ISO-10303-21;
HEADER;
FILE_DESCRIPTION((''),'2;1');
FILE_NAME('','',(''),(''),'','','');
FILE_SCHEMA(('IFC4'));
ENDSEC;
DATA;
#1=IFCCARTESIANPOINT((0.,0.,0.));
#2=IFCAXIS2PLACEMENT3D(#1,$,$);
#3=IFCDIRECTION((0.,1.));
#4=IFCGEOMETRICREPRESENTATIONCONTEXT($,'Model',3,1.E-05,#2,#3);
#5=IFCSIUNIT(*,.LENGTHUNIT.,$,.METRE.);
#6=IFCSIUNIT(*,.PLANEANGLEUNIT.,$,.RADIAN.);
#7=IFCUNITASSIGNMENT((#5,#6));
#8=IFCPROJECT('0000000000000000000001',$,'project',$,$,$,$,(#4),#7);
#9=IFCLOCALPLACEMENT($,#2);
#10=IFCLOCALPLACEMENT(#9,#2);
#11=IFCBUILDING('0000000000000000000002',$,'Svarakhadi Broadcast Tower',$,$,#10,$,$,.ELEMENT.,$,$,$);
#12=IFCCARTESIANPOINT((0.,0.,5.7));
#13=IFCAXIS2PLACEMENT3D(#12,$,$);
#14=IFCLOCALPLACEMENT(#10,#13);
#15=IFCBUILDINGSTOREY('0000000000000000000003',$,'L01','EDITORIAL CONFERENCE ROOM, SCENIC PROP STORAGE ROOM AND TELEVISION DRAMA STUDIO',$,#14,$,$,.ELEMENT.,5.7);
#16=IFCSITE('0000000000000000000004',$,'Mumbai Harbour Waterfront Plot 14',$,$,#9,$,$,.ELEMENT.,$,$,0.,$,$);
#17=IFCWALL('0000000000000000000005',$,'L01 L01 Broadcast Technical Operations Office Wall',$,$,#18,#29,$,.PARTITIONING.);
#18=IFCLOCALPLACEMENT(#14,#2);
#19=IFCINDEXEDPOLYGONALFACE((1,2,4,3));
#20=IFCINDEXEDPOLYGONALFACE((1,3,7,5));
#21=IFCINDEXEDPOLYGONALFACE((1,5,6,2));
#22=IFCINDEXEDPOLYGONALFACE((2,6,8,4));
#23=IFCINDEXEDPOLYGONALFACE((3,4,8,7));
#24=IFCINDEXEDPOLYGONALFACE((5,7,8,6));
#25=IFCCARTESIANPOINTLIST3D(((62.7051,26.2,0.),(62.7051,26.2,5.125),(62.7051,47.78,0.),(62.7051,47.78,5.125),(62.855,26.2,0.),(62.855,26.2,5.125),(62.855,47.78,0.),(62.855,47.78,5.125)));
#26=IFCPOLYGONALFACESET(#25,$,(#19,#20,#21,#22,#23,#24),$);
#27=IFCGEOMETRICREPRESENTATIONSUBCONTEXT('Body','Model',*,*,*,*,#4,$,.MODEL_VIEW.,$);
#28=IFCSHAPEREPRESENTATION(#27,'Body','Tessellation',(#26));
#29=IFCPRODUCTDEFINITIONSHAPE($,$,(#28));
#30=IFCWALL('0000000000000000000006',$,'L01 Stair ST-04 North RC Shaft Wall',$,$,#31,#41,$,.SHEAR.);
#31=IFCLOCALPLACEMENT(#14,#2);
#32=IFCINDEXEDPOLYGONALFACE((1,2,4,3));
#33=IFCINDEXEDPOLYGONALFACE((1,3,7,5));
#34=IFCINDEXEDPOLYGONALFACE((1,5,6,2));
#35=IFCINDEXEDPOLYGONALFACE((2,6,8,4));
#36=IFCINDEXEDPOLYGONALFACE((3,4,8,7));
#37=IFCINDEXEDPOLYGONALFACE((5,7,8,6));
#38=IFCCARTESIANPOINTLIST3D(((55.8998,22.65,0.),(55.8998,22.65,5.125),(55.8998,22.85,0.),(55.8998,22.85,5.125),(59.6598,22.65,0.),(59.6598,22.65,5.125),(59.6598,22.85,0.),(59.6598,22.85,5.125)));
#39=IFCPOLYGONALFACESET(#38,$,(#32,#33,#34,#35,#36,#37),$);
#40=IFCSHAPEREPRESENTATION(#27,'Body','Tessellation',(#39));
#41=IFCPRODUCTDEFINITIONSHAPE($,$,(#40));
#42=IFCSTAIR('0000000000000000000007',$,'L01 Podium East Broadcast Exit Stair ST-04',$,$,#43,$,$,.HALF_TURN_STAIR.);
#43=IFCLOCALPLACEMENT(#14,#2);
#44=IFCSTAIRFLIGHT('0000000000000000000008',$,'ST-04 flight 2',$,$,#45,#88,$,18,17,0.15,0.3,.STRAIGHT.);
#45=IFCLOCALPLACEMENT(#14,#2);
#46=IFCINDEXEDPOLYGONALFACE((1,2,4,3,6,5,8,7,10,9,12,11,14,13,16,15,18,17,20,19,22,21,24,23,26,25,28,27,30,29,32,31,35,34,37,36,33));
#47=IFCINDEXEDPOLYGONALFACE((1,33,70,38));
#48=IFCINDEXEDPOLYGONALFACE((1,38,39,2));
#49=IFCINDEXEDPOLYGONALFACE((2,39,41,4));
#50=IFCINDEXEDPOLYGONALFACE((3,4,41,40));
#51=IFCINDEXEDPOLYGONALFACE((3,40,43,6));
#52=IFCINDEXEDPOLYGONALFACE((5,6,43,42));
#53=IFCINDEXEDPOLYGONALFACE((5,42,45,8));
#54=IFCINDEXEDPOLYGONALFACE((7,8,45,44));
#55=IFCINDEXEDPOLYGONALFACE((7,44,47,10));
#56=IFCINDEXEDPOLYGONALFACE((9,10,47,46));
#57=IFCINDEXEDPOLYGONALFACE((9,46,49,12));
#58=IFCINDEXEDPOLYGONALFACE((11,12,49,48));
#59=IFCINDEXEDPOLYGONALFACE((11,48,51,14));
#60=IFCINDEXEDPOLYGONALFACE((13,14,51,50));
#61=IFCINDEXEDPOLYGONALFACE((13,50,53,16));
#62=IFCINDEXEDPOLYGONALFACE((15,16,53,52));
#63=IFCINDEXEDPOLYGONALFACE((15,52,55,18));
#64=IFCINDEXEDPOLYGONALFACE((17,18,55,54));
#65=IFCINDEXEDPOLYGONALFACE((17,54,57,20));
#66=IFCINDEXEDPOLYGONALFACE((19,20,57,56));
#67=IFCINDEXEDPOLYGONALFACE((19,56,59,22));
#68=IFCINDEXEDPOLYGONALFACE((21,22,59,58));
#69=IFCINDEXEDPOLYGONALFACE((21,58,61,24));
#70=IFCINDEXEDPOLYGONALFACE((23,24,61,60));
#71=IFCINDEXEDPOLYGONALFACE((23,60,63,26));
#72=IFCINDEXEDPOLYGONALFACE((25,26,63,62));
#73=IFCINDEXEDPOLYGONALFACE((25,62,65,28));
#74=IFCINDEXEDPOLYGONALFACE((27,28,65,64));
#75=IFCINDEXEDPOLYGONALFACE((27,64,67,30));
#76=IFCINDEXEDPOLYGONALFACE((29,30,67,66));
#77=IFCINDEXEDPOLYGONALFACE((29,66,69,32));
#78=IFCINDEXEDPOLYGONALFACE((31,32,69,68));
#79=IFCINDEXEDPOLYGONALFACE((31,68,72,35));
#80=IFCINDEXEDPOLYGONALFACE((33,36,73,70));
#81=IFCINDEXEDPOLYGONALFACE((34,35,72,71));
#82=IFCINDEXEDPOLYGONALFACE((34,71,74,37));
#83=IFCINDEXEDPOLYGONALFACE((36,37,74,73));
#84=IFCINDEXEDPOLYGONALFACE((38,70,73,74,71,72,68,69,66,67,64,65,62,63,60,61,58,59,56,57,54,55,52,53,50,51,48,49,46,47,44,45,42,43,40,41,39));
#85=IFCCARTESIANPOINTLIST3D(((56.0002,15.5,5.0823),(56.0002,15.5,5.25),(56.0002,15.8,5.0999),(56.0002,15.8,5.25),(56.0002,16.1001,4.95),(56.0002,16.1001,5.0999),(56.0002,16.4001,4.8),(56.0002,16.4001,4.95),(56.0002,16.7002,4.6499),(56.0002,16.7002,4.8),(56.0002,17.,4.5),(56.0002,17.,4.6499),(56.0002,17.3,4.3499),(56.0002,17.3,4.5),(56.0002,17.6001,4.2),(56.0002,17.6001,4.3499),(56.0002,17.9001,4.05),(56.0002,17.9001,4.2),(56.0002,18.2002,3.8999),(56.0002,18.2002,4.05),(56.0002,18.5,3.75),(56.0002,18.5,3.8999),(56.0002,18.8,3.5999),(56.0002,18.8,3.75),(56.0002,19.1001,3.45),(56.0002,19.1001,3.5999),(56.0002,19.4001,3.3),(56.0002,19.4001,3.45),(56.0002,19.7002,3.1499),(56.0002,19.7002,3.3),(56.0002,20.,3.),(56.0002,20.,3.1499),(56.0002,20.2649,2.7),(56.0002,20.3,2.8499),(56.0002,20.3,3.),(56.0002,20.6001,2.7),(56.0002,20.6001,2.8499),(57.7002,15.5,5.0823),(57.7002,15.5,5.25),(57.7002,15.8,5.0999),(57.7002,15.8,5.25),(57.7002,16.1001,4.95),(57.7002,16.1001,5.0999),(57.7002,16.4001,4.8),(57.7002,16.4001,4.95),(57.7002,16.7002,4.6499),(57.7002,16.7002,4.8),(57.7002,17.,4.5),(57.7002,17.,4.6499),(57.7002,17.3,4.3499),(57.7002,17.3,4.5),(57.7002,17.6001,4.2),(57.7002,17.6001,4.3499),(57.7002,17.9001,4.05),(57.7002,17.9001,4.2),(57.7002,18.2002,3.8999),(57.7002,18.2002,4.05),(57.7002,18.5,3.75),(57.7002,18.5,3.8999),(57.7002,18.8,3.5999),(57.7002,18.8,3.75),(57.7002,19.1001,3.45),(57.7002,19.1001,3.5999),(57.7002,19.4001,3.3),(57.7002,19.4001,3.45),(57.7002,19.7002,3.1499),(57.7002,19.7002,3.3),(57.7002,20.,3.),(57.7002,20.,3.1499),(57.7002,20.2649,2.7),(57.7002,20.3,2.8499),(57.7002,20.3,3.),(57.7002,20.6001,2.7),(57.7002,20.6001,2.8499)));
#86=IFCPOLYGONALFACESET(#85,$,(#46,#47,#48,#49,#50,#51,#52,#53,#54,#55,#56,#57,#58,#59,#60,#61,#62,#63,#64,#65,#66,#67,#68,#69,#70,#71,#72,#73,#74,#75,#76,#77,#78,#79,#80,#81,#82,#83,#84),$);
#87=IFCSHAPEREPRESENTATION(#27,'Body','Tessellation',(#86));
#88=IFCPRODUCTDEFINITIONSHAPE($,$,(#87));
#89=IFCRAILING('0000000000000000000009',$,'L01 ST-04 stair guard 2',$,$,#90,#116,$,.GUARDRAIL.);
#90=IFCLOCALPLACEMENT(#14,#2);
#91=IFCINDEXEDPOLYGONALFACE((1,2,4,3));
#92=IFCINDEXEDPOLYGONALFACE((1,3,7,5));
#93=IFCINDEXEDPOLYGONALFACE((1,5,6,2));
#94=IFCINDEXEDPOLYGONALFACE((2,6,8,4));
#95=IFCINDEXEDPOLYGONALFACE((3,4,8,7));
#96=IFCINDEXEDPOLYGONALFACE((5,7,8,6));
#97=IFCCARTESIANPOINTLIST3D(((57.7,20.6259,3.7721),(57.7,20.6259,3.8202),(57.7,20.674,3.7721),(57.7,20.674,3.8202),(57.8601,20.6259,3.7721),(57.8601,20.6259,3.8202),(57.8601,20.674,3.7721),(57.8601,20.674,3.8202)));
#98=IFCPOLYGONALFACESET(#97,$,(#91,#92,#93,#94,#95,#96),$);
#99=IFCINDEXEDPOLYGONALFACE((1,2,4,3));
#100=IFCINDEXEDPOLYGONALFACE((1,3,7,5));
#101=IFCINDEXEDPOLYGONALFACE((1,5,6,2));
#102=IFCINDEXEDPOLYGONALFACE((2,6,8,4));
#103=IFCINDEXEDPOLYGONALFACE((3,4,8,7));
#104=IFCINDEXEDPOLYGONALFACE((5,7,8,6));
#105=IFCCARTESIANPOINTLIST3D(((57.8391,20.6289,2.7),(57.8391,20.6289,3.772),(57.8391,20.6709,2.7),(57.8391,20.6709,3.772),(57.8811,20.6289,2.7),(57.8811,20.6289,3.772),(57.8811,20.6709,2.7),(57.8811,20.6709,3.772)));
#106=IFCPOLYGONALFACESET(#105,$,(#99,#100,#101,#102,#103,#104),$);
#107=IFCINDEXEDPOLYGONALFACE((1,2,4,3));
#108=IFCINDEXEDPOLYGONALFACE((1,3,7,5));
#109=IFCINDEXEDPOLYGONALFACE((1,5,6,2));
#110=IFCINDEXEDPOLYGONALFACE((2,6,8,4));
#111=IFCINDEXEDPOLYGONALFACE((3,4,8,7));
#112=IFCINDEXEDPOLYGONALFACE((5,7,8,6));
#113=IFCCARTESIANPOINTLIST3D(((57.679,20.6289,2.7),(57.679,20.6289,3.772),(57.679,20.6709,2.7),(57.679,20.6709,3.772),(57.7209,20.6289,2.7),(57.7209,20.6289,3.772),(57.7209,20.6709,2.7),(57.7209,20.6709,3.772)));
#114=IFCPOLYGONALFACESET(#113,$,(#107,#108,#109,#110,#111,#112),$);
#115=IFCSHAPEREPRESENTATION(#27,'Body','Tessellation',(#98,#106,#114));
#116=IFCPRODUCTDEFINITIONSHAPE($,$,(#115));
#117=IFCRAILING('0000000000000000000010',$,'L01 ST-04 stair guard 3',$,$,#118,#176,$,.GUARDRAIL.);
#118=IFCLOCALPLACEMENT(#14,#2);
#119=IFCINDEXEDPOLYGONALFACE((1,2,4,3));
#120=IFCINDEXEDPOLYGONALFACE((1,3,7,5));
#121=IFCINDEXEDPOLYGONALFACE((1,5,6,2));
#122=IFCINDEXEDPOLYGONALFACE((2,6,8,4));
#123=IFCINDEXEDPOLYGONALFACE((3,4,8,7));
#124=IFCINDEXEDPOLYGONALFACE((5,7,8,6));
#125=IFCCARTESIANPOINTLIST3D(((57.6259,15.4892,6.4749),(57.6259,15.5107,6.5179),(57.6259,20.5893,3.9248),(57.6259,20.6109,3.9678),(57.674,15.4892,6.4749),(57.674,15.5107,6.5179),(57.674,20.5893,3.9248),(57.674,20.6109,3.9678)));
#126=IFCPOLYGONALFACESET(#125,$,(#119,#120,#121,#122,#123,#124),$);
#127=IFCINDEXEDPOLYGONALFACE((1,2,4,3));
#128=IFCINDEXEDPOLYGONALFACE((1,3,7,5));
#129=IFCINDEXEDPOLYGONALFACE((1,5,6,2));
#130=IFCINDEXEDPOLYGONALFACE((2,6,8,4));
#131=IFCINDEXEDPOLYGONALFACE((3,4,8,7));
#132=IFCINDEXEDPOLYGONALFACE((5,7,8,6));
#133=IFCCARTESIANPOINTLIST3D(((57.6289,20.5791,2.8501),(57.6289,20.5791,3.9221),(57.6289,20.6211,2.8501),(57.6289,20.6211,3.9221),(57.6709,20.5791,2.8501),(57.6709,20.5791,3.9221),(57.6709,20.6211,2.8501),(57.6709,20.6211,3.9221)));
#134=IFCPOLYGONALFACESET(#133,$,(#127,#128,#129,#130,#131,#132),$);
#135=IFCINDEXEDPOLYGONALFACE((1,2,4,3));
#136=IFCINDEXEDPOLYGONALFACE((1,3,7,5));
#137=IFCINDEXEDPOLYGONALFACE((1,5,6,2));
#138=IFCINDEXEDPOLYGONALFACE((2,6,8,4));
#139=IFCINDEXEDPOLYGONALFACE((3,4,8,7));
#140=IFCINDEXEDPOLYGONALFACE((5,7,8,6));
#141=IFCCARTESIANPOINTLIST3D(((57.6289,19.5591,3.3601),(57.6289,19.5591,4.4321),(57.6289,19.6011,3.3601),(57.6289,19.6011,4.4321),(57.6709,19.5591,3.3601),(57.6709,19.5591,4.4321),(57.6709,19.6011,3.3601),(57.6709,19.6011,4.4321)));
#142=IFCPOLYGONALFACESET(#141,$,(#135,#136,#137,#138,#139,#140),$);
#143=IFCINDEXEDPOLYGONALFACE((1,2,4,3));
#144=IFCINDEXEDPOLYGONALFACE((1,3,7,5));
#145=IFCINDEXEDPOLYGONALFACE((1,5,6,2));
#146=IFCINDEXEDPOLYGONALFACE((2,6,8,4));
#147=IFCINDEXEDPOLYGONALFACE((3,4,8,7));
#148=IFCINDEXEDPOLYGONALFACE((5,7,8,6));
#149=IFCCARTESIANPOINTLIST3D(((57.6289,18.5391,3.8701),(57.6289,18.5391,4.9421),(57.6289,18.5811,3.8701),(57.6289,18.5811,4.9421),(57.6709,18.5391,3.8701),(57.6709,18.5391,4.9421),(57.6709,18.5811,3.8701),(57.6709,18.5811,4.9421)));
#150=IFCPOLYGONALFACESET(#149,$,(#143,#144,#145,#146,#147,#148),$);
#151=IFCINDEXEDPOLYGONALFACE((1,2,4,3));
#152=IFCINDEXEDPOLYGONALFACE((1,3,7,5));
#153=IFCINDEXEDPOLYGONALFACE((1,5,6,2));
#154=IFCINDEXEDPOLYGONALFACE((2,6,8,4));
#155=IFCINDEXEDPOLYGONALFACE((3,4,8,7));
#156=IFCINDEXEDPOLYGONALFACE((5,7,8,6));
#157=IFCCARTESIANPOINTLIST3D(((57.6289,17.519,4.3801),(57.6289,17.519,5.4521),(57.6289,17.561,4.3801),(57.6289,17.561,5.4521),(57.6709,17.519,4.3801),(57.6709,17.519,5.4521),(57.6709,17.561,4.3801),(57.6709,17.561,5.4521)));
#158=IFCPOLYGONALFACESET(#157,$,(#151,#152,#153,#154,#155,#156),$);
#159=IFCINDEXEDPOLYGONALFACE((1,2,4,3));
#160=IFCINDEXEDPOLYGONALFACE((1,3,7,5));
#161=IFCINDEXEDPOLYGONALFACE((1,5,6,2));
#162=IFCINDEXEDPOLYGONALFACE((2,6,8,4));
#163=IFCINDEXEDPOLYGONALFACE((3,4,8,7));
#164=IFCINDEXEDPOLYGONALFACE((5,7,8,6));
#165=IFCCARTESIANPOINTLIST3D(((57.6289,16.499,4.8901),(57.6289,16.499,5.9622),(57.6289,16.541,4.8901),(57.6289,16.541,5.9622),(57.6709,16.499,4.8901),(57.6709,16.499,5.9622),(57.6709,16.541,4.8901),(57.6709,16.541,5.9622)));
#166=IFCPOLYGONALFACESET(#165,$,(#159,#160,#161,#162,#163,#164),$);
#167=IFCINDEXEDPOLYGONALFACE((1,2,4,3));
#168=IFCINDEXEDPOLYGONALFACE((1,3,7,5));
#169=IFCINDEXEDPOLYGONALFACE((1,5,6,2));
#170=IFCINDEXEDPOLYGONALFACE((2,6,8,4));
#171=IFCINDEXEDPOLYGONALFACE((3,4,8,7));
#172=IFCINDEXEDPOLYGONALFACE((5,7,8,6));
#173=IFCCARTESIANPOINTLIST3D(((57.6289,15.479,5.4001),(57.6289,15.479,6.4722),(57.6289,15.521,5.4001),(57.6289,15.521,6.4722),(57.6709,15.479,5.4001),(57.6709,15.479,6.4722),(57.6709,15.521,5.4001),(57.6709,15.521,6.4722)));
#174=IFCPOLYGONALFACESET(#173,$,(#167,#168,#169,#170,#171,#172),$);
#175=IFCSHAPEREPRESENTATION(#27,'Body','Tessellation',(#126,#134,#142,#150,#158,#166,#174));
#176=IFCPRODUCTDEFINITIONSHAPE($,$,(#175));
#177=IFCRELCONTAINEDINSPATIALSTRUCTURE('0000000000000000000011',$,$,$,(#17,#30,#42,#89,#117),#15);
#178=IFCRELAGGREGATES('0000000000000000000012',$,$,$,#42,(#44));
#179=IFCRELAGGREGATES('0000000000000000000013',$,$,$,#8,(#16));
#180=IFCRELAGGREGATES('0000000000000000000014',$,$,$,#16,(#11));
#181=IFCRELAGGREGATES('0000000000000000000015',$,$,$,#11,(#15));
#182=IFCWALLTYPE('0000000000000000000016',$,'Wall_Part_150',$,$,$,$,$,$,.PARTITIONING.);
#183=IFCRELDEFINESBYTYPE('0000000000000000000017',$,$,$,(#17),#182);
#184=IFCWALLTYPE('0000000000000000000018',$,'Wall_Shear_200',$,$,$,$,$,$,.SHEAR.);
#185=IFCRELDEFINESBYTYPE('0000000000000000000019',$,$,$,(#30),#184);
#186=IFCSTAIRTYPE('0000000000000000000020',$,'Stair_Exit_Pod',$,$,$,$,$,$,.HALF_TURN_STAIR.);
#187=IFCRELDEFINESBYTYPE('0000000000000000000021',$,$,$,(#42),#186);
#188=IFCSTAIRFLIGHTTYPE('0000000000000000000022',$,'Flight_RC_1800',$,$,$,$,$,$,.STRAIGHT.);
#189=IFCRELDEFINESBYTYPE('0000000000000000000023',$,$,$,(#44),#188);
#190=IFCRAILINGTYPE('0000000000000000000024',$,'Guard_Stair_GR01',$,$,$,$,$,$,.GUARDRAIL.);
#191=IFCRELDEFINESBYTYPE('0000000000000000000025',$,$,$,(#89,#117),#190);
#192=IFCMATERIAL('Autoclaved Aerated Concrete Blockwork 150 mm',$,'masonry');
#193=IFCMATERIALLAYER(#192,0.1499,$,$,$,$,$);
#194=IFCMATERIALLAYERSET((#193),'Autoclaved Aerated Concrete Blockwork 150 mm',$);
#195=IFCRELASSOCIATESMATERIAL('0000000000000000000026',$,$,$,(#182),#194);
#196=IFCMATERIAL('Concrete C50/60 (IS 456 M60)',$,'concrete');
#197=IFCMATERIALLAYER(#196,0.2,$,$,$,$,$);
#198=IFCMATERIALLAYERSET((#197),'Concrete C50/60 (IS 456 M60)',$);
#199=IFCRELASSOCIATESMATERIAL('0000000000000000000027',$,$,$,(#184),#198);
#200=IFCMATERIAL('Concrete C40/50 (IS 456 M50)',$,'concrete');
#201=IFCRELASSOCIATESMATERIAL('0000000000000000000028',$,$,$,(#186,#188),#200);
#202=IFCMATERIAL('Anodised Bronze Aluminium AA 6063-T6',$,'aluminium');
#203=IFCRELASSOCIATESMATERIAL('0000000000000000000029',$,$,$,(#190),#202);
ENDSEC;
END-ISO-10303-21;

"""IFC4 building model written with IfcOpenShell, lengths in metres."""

from ifc_helpers import new_model, si_unit, direction, frame, frame_2d, origin, origin_2d, place, context, subcontext, project, spatial, polyline, rectangle, outline, extrude, material, layer, layer_set, type_object, element, aggregate, save


model = new_model("IFC4")

# Units and contexts
model_context = context("Model", 3, precision=1e-05, world=origin(), true_north=direction((0.0, 1.0)))
body_context = subcontext(model_context, "Body", "Model", "MODEL_VIEW")
ifc_project = project(units=[si_unit("LENGTHUNIT", "METRE"), si_unit("PLANEANGLEUNIT", "RADIAN")], contexts=[model_context])

# Site, building, storey
site_placement = place(None, origin())
site = spatial("IfcSite", under=ifc_project, at=site_placement, Name="Mumbai Harbour Waterfront Plot 14", CompositionType="ELEMENT", RefElevation=0.0)
building_placement = place(site_placement, origin())
building = spatial("IfcBuilding", under=site, at=building_placement, Name="Svarakhadi Broadcast Tower", CompositionType="ELEMENT")
storey_placement = place(building_placement, frame((0.0, 0.0, 5.7)))
storey = spatial("IfcBuildingStorey", under=building, at=storey_placement, Name="L01", Description="EDITORIAL CONFERENCE ROOM, SCENIC PROP STORAGE ROOM AND TELEVISION DRAMA STUDIO", CompositionType="ELEMENT", Elevation=5.7)

# Shared definitions
ifc_material_1 = material(Name="Concrete C50/60 (IS 456 M60)", Category="concrete")

# Shared definitions
ifc_material_2 = material(Name="Anodised Bronze Aluminium AA 6063-T6", Category="aluminium")

# Shared definitions
ifc_material_3 = material(Name="Autoclaved Aerated Concrete Blockwork 150 mm", Category="masonry")
ifc_layer_1 = layer(ifc_material_3, 0.1499)
ifc_layer_set_1 = layer_set([ifc_layer_1], Name="Autoclaved Aerated Concrete Blockwork 150 mm")
wall_type_1 = type_object("IfcWallType", Name="Wall_Part_150", PredefinedType="PARTITIONING", material=ifc_layer_set_1)

# Walls
for number, where, z_axis, x_axis, name in (
    (1, (62.78, 26.2, 0.0), (0.0, 0.0, 1.0), (0.0, 1.0, 0.0), "L01 L01 Broadcast Technical Operations Office Wall"),
):
    element("IfcWall", number, at=place(storey_placement, frame(where, z_axis=z_axis, x_axis=x_axis)), inside=storey, type_object=wall_type_1, Name=name, PredefinedType="PARTITIONING", context=body_context, shape_type="SweptSolid", body=[
        extrude(rectangle(XDim=21.5801, YDim=0.1499, at=frame_2d((10.79, 0.0))), origin(), (0.0, 0.0, 1.0), 5.125),
    ])
ifc_layer_2 = layer(ifc_material_1, 0.2)
ifc_layer_set_2 = layer_set([ifc_layer_2], Name="Concrete C50/60 (IS 456 M60)")
wall_type_2 = type_object("IfcWallType", Name="Wall_Shear_200", PredefinedType="SHEAR", material=ifc_layer_set_2)
wall_1_placement = place(storey_placement, frame((55.8999, 22.75, 0.0), z_axis=(0.0, 0.0, 1.0), x_axis=(1.0, 0.0, 0.0)))
element("IfcWall", 2, at=wall_1_placement, inside=storey, type_object=wall_type_2, Name="L01 Stair ST-04 North RC Shaft Wall", PredefinedType="SHEAR", context=body_context, shape_type="SweptSolid", body=[
    extrude(rectangle(XDim=3.76, YDim=0.2, at=frame_2d((1.8799, 0.0))), origin(), (0.0, 0.0, 1.0), 5.125),
])

# Stair, stair flight
ifc_material_4 = material(Name="Concrete C40/50 (IS 456 M50)", Category="concrete")
stair_type = type_object("IfcStairType", Name="Stair_Exit_Pod", PredefinedType="HALF_TURN_STAIR", material=ifc_material_4)
stair_placement = place(storey_placement, origin())
stair = element("IfcStair", 3, at=stair_placement, inside=storey, type_object=stair_type, Name="L01 Podium East Broadcast Exit Stair ST-04", PredefinedType="HALF_TURN_STAIR")
stair_flight_type = type_object("IfcStairFlightType", Name="Flight_RC_1800", PredefinedType="STRAIGHT", material=ifc_material_4)
stair_flight_placement = place(storey_placement, frame((56.8501, 20.6001, 2.7), z_axis=(0.0, 0.0, 1.0), x_axis=(0.0, -1.0, 0.0)))
stair_flight = element("IfcStairFlight", 4, at=stair_flight_placement, type_object=stair_flight_type, Name="ST-04 flight 2", NumberOfRisers=18, NumberOfTreads=17, PredefinedType="STRAIGHT", RiserHeight=0.15, TreadLength=0.3, context=body_context, shape_type="SweptSolid", body=[
    extrude(outline(polyline([(0.0, 0.0), (0.0, 0.1499), (0.3, 0.1499), (0.3, 0.3), (0.6001, 0.3), (0.6001, 0.45), (0.8999, 0.45), (0.8999, 0.6001), (1.2, 0.6001), (1.2, 0.75), (1.5, 0.75), (1.5, 0.8999), (1.8, 0.8999), (1.8, 1.05), (2.1001, 1.05), (2.1001, 1.2), (2.3999, 1.2), (2.3999, 1.3501), (2.7, 1.3501), (2.7, 1.5), (3.0, 1.5), (3.0, 1.6499), (3.3, 1.6499), (3.3, 1.8), (3.6001, 1.8), (3.6001, 1.95), (3.8999, 1.95), (3.8999, 2.1001), (4.2, 2.1001), (4.2, 2.25), (4.5, 2.25), (4.5, 2.3999), (4.8, 2.3999), (4.8, 2.55), (5.1001, 2.55), (5.1001, 2.7), (5.1001, 2.3823), (0.3352, 0.0), (0.0, 0.0)])), frame((0.0, 0.8501, 0.0), z_axis=(0.0, -1.0, 0.0), x_axis=(1.0, 0.0, 0.0)), (0.0, 0.0, 1.0), 1.7),
])
aggregate(stair, [stair_flight])

# Railings
railing_type_1 = type_object("IfcRailingType", Name="Guard_Stair_GR01", PredefinedType="GUARDRAIL", material=ifc_material_2)
railing_1_placement = place(storey_placement, frame((57.8601, 20.6499, 2.7)))
element("IfcRailing", 5, at=railing_1_placement, inside=storey, type_object=railing_type_1, Name="L01 ST-04 stair guard 2", PredefinedType="GUARDRAIL", context=body_context, shape_type="SweptSolid", body=[
    extrude(rectangle(XDim=0.0481, YDim=0.0481, at=origin_2d()), frame((0.0, 0.0, 1.0962), z_axis=(-1.0, 0.0, 0.0), x_axis=(0.0, -1.0, 0.0)), (0.0, 0.0, 1.0), 0.1602),
    extrude(rectangle(XDim=0.042, YDim=0.042, at=origin_2d()), origin(), (0.0, 0.0, 1.0), 1.072),
    extrude(rectangle(XDim=0.042, YDim=0.042, at=origin_2d()), frame((-0.1602, 0.0, 0.0)), (0.0, 0.0, 1.0), 1.072),
])
railing_2_placement = place(storey_placement, frame((57.6499, 20.6001, 2.8501)))
element("IfcRailing", 6, at=railing_2_placement, inside=storey, type_object=railing_type_1, Name="L01 ST-04 stair guard 3", PredefinedType="GUARDRAIL", context=body_context, shape_type="SweptSolid", body=[
    extrude(rectangle(XDim=0.0481, YDim=0.0481, at=origin_2d()), frame((0.0, 0.0, 1.0962), z_axis=(0.0, -0.894427, 0.447214), x_axis=(1.0, 0.0, 0.0)), (0.0, 0.0, 1.0), 5.7021),
    extrude(rectangle(XDim=0.042, YDim=0.042, at=origin_2d()), origin(), (0.0, 0.0, 1.0), 1.072),
    extrude(rectangle(XDim=0.042, YDim=0.042, at=origin_2d()), frame((0.0, -1.02, 0.51)), (0.0, 0.0, 1.0), 1.072),
    extrude(rectangle(XDim=0.042, YDim=0.042, at=origin_2d()), frame((0.0, -2.04, 1.02)), (0.0, 0.0, 1.0), 1.072),
    extrude(rectangle(XDim=0.042, YDim=0.042, at=origin_2d()), frame((0.0, -3.0601, 1.53)), (0.0, 0.0, 1.0), 1.072),
    extrude(rectangle(XDim=0.042, YDim=0.042, at=origin_2d()), frame((0.0, -4.0801, 2.04)), (0.0, 0.0, 1.0), 1.072),
    extrude(rectangle(XDim=0.042, YDim=0.042, at=origin_2d()), frame((0.0, -5.1001, 2.55)), (0.0, 0.0, 1.0), 1.072),
])

save(model, "model.ifc")
